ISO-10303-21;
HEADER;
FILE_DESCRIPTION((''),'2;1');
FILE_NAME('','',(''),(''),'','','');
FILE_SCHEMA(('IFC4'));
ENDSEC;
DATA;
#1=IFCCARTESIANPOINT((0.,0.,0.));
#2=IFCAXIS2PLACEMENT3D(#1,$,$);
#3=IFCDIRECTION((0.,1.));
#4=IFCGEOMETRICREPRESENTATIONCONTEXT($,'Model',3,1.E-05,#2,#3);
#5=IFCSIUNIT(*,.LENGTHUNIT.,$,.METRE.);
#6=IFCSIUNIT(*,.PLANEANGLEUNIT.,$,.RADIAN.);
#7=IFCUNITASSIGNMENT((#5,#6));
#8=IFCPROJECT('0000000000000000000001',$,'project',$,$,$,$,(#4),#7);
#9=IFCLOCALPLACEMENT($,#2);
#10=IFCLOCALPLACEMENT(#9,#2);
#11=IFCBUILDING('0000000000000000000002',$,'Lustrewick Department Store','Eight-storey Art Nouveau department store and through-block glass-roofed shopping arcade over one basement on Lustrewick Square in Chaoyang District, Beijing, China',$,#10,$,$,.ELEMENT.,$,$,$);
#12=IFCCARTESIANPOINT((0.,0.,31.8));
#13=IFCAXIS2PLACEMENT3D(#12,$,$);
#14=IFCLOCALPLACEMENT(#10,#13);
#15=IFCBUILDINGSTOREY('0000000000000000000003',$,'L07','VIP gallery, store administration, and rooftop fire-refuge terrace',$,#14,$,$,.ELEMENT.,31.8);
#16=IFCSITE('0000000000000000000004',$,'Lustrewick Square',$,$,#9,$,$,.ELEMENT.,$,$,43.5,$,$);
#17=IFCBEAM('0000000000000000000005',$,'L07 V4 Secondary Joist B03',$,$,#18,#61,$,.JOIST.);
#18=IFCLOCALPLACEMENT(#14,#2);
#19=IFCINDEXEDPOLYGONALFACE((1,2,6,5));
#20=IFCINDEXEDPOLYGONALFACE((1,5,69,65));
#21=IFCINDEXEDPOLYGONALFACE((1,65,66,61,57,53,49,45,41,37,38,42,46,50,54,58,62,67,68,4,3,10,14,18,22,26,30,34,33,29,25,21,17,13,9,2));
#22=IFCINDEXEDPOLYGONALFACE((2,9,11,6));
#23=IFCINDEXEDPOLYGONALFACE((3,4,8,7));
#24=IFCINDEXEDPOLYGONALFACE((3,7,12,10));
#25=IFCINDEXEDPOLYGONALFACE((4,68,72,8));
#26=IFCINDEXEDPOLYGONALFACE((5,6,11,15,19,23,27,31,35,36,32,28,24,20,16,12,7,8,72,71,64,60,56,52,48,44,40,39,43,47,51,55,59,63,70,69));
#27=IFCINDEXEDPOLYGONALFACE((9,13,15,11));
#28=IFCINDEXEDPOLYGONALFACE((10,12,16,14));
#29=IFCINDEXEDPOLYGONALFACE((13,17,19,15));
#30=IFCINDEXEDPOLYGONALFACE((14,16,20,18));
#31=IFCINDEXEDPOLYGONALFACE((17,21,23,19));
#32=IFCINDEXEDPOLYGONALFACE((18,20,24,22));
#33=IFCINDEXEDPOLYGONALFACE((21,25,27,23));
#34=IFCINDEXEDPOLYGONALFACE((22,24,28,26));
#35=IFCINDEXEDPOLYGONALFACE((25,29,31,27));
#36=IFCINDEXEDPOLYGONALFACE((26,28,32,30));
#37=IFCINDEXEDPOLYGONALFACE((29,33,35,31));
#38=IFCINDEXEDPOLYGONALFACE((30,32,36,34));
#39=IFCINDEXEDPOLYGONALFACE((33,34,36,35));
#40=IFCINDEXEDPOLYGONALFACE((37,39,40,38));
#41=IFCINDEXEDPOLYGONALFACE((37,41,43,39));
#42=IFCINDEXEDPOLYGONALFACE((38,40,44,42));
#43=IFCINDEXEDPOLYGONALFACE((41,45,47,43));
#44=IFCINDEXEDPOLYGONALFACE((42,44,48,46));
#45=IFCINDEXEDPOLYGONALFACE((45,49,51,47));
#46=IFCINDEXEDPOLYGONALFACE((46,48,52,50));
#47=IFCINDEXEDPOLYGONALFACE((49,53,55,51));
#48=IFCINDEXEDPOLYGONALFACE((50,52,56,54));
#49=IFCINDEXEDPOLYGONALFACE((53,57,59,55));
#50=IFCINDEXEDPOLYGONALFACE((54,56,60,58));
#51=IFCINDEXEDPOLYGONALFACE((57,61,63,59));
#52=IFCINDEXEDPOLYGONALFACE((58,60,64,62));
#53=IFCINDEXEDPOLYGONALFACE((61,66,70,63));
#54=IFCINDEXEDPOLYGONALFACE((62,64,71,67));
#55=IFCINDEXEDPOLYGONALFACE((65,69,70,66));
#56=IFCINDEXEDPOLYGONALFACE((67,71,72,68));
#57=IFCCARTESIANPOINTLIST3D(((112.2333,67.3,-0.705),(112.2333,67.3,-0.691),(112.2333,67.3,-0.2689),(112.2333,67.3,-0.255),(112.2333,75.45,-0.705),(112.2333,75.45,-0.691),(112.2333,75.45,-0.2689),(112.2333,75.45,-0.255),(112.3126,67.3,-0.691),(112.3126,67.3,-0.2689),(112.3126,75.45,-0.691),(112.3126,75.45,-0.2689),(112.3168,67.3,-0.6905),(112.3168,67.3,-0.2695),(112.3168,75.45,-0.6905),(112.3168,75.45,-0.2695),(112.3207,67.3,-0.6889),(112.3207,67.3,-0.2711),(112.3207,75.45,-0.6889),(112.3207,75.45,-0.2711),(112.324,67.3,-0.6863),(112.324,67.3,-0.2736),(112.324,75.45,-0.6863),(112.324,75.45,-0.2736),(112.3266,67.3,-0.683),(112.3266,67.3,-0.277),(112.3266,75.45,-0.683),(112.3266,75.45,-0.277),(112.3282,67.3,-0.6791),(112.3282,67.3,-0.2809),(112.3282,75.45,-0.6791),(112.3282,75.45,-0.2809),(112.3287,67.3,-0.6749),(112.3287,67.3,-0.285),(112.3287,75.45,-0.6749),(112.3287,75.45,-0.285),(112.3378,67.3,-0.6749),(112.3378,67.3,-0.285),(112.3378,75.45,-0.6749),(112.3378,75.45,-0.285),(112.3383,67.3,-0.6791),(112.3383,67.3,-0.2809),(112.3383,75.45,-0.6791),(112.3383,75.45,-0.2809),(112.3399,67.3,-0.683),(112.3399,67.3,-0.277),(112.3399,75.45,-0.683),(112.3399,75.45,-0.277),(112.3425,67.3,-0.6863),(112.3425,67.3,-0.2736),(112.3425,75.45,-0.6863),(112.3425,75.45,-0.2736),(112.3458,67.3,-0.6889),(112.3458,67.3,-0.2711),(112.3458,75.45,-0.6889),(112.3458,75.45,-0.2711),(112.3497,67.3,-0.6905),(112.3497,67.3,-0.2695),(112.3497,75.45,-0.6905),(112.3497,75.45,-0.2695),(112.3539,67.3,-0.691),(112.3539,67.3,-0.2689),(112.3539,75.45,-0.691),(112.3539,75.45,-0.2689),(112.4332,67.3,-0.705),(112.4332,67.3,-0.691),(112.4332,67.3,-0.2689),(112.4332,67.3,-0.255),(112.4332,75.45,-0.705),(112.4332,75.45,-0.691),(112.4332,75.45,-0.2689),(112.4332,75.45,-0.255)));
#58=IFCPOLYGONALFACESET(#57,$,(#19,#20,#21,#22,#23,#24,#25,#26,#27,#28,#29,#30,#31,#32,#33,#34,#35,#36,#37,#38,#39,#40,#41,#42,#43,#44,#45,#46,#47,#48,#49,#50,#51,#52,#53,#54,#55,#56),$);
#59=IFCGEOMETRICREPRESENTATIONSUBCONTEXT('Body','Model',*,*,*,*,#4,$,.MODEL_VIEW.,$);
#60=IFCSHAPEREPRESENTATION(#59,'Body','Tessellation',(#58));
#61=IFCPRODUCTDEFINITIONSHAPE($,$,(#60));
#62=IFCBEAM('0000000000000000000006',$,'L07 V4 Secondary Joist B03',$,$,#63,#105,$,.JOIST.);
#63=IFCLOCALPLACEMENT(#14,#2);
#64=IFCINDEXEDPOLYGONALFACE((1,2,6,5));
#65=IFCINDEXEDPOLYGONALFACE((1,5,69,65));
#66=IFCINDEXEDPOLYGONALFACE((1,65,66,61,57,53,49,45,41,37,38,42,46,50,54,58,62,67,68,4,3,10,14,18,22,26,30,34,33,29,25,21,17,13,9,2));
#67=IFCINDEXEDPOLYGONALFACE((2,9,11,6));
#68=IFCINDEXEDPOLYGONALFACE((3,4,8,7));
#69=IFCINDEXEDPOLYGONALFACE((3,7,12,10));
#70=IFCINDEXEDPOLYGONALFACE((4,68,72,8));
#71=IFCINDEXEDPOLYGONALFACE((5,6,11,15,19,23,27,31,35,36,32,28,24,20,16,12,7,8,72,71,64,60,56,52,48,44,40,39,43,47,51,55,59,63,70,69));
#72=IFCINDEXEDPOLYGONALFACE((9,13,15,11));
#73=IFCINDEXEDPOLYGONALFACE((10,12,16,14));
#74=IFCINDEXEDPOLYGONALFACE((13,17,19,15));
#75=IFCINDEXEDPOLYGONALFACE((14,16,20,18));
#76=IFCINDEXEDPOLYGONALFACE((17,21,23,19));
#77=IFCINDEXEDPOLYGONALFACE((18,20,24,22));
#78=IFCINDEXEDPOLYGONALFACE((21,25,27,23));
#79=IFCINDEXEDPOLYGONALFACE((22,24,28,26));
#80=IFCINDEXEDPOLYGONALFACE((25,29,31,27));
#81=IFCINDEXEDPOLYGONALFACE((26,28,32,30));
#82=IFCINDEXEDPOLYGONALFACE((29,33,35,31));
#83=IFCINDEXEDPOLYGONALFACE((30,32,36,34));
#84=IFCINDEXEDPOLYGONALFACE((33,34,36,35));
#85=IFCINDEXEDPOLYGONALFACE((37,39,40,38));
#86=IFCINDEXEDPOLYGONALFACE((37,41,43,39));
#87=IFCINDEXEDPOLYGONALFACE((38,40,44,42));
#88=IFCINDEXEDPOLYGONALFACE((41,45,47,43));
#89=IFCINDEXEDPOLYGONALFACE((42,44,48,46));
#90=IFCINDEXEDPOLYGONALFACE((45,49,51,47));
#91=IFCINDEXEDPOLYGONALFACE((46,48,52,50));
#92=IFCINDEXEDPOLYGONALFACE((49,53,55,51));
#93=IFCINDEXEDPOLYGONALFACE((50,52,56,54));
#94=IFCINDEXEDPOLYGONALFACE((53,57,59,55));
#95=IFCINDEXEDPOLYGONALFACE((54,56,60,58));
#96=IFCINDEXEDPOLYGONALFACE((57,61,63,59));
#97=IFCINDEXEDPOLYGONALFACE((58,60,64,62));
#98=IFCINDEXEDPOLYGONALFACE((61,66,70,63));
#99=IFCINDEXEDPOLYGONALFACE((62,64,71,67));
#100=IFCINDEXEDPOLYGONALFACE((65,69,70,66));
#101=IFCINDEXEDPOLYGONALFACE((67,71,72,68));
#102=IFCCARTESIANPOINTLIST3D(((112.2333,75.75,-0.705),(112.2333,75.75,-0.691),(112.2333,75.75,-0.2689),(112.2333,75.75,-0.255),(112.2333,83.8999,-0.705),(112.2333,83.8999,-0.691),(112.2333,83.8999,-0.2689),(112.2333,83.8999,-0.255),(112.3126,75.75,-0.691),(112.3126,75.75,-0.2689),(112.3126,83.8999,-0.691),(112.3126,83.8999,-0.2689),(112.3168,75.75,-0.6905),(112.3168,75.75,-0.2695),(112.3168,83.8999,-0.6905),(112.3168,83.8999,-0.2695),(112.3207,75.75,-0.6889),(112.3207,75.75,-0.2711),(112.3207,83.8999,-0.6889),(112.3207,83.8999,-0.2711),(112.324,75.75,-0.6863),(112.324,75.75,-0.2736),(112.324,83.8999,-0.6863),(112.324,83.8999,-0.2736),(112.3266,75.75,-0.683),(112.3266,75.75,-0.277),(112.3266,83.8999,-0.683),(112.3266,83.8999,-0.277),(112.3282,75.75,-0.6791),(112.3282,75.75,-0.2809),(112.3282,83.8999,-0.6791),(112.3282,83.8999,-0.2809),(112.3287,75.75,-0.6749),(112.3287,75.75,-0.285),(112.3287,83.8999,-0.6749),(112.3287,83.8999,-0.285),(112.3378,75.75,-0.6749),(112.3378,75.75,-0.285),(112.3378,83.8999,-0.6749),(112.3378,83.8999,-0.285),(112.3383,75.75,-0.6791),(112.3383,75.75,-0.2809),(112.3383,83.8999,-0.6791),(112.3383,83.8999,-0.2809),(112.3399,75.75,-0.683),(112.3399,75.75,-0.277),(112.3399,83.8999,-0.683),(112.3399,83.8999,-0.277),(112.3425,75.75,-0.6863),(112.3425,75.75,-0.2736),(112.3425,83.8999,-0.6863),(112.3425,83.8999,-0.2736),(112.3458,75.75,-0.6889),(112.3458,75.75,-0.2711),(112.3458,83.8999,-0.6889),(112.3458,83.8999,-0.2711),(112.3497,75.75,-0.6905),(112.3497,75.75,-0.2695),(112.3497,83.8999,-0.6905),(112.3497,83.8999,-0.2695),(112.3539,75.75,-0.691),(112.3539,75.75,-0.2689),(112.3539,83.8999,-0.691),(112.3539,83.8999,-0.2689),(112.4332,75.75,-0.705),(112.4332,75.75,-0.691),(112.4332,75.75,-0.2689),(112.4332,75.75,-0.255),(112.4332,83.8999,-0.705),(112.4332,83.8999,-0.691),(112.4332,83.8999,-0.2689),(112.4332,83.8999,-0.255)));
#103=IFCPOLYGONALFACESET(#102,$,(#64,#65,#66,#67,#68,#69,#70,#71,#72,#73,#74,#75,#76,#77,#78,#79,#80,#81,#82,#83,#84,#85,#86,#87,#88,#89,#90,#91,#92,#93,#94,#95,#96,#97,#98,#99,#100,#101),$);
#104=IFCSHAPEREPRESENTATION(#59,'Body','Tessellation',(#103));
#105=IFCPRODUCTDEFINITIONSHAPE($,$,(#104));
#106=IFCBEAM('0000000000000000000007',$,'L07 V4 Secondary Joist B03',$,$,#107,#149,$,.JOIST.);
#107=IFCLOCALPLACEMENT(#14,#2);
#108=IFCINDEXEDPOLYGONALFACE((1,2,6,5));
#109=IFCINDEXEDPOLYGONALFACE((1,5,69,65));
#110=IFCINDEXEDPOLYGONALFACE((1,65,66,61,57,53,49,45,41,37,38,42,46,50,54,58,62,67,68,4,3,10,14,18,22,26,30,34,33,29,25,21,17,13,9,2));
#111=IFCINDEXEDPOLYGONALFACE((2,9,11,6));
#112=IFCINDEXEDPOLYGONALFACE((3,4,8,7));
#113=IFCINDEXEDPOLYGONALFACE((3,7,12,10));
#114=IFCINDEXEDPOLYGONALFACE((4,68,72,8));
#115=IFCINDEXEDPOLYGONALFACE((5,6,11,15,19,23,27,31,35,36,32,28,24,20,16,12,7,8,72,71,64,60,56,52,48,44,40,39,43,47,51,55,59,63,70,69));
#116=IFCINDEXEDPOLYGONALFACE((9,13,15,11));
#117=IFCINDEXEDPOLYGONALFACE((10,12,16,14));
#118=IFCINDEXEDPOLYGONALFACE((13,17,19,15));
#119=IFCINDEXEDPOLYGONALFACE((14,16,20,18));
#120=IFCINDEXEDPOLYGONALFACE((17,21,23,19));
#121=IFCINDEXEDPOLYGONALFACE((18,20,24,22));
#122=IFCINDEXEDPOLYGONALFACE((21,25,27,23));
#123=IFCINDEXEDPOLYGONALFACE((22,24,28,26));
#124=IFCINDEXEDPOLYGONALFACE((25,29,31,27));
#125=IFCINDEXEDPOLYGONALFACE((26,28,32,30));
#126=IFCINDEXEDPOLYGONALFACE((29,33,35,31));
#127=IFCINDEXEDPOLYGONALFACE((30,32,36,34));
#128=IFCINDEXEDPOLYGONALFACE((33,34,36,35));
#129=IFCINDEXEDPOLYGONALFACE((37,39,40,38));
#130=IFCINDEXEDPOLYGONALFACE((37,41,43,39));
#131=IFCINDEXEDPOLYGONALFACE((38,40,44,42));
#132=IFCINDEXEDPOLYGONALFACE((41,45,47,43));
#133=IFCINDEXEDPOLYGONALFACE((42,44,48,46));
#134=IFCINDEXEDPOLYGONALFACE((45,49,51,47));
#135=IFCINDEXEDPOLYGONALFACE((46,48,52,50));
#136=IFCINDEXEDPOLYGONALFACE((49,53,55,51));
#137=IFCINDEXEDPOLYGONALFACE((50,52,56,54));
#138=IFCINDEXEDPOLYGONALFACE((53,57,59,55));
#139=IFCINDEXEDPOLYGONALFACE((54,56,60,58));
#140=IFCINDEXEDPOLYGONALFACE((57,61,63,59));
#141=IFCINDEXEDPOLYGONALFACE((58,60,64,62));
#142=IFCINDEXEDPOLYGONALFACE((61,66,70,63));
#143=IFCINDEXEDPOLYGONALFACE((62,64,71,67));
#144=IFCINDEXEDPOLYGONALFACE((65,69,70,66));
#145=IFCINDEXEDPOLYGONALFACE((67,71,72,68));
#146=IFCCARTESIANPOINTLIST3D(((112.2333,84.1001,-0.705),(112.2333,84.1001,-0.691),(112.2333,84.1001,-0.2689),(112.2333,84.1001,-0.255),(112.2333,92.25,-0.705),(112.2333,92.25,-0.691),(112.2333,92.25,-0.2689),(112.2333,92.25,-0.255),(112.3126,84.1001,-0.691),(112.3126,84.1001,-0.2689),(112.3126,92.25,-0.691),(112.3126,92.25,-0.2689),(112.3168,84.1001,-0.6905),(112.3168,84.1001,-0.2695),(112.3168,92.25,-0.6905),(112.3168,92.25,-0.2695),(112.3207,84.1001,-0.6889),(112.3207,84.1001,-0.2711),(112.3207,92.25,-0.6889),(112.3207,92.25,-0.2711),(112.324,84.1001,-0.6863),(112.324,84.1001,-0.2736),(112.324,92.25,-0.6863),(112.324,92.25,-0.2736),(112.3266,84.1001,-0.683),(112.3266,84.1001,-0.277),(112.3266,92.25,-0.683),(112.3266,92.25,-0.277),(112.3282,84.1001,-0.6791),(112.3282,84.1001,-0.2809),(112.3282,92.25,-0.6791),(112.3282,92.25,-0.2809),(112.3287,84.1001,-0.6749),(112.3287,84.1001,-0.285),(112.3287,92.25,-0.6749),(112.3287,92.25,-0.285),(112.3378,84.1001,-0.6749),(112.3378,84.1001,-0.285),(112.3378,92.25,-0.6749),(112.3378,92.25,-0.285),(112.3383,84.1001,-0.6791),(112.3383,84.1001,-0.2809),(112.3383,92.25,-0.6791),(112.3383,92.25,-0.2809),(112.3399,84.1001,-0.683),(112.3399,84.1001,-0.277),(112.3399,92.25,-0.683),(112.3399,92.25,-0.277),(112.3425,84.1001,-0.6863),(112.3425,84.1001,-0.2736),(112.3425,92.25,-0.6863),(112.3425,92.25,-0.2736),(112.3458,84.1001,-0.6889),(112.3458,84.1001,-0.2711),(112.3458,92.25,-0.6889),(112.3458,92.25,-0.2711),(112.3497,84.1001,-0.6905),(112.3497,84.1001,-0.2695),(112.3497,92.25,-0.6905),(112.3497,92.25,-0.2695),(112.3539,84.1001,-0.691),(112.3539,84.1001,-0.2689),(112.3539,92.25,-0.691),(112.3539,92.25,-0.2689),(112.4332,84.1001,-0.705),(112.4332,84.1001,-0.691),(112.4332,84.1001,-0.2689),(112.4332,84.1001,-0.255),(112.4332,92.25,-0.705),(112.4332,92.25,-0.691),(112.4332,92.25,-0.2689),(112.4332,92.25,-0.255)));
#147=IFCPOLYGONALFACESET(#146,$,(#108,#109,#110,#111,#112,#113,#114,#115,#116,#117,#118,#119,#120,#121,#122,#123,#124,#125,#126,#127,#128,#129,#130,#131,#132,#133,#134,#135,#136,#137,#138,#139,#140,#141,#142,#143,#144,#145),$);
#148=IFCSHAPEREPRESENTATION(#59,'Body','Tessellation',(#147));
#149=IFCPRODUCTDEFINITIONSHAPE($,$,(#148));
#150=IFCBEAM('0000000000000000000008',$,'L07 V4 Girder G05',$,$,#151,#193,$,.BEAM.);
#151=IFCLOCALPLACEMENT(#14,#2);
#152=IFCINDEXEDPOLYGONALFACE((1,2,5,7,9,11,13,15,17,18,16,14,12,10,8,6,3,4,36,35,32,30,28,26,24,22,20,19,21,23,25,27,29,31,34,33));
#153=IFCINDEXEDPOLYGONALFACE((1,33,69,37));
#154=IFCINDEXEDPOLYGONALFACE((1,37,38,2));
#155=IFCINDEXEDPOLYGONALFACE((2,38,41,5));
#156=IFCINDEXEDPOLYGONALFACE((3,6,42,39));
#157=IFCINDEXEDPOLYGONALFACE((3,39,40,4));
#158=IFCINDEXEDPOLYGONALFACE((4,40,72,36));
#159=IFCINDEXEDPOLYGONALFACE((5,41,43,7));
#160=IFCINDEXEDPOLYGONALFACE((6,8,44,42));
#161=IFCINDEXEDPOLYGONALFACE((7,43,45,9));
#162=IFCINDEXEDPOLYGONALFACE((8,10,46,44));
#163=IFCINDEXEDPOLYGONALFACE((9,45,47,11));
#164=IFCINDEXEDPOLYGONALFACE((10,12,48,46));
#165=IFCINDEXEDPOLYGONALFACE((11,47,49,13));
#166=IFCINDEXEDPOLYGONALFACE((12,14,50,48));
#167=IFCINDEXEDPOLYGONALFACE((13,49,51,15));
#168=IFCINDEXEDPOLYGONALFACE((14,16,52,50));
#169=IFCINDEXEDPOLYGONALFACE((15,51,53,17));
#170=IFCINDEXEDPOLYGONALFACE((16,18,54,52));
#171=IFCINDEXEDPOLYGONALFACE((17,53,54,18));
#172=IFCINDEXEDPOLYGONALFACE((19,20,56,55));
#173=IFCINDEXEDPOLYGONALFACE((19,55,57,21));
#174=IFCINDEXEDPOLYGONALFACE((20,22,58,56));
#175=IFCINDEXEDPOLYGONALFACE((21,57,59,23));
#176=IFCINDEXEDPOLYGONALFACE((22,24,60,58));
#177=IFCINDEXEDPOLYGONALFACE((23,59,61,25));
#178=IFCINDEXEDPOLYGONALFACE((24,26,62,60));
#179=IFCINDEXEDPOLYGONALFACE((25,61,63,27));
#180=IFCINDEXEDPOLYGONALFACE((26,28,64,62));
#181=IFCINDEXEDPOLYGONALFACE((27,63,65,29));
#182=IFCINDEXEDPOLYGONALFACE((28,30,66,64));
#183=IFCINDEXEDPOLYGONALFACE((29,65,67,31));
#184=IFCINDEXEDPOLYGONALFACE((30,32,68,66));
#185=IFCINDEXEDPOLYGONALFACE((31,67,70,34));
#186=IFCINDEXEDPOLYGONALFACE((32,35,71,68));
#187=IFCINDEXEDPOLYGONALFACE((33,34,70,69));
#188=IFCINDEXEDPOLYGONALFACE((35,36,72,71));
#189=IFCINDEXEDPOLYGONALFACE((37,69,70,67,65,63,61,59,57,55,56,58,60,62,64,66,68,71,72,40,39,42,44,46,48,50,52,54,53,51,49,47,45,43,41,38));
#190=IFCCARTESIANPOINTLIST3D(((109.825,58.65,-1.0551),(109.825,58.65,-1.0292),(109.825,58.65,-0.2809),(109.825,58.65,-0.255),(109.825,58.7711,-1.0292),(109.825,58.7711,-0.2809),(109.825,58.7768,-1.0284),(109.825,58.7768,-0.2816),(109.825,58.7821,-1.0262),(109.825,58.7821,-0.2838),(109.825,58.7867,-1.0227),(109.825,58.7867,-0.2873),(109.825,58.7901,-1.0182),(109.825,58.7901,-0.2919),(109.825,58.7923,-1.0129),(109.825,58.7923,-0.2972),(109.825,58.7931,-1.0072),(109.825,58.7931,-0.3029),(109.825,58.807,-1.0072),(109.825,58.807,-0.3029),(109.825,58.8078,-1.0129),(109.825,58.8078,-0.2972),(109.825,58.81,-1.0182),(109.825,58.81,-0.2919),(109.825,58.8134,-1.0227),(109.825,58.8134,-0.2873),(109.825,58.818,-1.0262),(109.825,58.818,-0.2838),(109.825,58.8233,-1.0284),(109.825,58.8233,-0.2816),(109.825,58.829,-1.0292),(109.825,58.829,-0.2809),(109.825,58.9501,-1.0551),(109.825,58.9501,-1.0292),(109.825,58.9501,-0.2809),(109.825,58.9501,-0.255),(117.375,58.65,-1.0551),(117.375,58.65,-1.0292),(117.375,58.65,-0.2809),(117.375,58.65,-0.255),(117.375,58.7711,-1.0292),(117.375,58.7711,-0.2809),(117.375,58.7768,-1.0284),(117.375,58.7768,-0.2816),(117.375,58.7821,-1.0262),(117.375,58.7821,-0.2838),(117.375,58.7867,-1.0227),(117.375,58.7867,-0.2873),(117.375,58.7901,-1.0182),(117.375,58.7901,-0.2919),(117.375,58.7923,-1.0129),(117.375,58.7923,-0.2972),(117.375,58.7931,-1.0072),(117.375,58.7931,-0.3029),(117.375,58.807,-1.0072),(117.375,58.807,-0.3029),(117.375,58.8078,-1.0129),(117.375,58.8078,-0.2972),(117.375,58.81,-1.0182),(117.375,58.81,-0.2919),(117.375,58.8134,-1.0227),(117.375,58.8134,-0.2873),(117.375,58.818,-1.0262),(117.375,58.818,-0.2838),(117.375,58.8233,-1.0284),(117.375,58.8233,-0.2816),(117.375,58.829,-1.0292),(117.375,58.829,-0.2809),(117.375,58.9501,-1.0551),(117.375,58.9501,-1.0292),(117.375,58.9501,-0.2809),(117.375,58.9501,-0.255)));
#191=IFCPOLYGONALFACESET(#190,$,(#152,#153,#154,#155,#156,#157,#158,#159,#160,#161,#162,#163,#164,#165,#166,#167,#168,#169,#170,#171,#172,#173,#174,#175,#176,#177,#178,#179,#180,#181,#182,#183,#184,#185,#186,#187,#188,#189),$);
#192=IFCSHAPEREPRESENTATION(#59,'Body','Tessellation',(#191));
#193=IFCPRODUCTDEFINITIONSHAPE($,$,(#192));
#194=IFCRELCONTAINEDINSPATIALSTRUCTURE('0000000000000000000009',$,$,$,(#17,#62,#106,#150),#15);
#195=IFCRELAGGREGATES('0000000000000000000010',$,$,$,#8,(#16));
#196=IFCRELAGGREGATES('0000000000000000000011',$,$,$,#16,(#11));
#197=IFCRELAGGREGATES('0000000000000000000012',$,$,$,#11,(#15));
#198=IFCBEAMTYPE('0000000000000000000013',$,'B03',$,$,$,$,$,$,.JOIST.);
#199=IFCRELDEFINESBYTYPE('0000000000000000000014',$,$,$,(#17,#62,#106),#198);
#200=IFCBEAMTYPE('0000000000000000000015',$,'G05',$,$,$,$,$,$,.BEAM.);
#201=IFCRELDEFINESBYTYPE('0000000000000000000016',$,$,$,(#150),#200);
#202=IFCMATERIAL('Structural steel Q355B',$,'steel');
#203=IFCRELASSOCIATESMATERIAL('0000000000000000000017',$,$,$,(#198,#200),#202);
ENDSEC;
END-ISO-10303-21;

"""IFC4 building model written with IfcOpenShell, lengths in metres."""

from ifc_helpers import new_model, si_unit, direction, frame, origin, origin_2d, place, context, subcontext, project, spatial, i_section, extrude, material, material_profile, profile_set, type_object, element, save


model = new_model("IFC4")

# Units and contexts
model_context = context("Model", 3, precision=1e-05, world=origin(), true_north=direction((0.0, 1.0)))
body_context = subcontext(model_context, "Body", "Model", "MODEL_VIEW")
ifc_project = project(units=[si_unit("LENGTHUNIT", "METRE"), si_unit("PLANEANGLEUNIT", "RADIAN")], contexts=[model_context])

# Site, building, storey
site_placement = place(None, origin())
site = spatial("IfcSite", under=ifc_project, at=site_placement, Name="Lustrewick Square", CompositionType="ELEMENT", RefElevation=43.5)
building_placement = place(site_placement, origin())
building = spatial("IfcBuilding", under=site, at=building_placement, Name="Lustrewick Department Store", Description="Eight-storey Art Nouveau department store and through-block glass-roofed shopping arcade over one basement on Lustrewick Square in Chaoyang District, Beijing, China", CompositionType="ELEMENT")
storey_placement = place(building_placement, frame((0.0, 0.0, 31.8)))
storey = spatial("IfcBuildingStorey", under=building, at=storey_placement, Name="L07", Description="VIP gallery, store administration, and rooftop fire-refuge terrace", CompositionType="ELEMENT", Elevation=31.8)

# Shared definitions
ifc_material_1 = material(Name="Structural steel Q355B", Category="steel")

# Beams
ifc_material_profile_1 = material_profile(ifc_material_1, i_section(OverallWidth=0.2, OverallDepth=0.45, WebThickness=0.009, FlangeThickness=0.0139, FilletRadius=0.0161, at=origin_2d()), Name="HN 450x200x9x14")
ifc_profile_set_1 = profile_set([ifc_material_profile_1], Name="Structural steel Q355B")
beam_type_1 = type_object("IfcBeamType", Name="B03", PredefinedType="JOIST", material=ifc_profile_set_1)
for number, where, z_axis, x_axis, name in (
    (1, (112.3333, 67.3, -0.48), (0.0, 1.0, 0.0), (-1.0, 0.0, 0.0), "L07 V4 Secondary Joist B03"),
    (2, (112.3333, 75.75, -0.48), (0.0, 1.0, 0.0), (-1.0, 0.0, 0.0), "L07 V4 Secondary Joist B03"),
    (3, (112.3333, 84.1001, -0.48), (0.0, 1.0, 0.0), (-1.0, 0.0, 0.0), "L07 V4 Secondary Joist B03"),
):
    element("IfcBeam", number, at=place(storey_placement, frame(where, z_axis=z_axis, x_axis=x_axis)), inside=storey, type_object=beam_type_1, Name=name, PredefinedType="JOIST", context=body_context, shape_type="SweptSolid", body=[
        extrude(i_section(OverallWidth=0.2, OverallDepth=0.45, WebThickness=0.009, FlangeThickness=0.0139, FilletRadius=0.0161, at=origin_2d()), origin(), (0.0, 0.0, 1.0), 8.1499),
    ])
ifc_material_profile_2 = material_profile(ifc_material_1, i_section(OverallWidth=0.3, OverallDepth=0.8, WebThickness=0.0139, FlangeThickness=0.0259, FilletRadius=0.022, at=origin_2d()), Name="HN 800x300x14x26")
ifc_profile_set_2 = profile_set([ifc_material_profile_2], Name="Structural steel Q355B")
beam_type_2 = type_object("IfcBeamType", Name="G05", PredefinedType="BEAM", material=ifc_profile_set_2)
beam_1_placement = place(storey_placement, frame((109.825, 58.8, -0.655), z_axis=(1.0, 0.0, 0.0), x_axis=(0.0, 1.0, 0.0)))
element("IfcBeam", 4, at=beam_1_placement, inside=storey, type_object=beam_type_2, Name="L07 V4 Girder G05", PredefinedType="BEAM", context=body_context, shape_type="SweptSolid", body=[
    extrude(i_section(OverallWidth=0.3, OverallDepth=0.8, WebThickness=0.0139, FlangeThickness=0.0259, FilletRadius=0.022, at=origin_2d()), origin(), (0.0, 0.0, 1.0), 7.55),
])

save(model, "model.ifc")
